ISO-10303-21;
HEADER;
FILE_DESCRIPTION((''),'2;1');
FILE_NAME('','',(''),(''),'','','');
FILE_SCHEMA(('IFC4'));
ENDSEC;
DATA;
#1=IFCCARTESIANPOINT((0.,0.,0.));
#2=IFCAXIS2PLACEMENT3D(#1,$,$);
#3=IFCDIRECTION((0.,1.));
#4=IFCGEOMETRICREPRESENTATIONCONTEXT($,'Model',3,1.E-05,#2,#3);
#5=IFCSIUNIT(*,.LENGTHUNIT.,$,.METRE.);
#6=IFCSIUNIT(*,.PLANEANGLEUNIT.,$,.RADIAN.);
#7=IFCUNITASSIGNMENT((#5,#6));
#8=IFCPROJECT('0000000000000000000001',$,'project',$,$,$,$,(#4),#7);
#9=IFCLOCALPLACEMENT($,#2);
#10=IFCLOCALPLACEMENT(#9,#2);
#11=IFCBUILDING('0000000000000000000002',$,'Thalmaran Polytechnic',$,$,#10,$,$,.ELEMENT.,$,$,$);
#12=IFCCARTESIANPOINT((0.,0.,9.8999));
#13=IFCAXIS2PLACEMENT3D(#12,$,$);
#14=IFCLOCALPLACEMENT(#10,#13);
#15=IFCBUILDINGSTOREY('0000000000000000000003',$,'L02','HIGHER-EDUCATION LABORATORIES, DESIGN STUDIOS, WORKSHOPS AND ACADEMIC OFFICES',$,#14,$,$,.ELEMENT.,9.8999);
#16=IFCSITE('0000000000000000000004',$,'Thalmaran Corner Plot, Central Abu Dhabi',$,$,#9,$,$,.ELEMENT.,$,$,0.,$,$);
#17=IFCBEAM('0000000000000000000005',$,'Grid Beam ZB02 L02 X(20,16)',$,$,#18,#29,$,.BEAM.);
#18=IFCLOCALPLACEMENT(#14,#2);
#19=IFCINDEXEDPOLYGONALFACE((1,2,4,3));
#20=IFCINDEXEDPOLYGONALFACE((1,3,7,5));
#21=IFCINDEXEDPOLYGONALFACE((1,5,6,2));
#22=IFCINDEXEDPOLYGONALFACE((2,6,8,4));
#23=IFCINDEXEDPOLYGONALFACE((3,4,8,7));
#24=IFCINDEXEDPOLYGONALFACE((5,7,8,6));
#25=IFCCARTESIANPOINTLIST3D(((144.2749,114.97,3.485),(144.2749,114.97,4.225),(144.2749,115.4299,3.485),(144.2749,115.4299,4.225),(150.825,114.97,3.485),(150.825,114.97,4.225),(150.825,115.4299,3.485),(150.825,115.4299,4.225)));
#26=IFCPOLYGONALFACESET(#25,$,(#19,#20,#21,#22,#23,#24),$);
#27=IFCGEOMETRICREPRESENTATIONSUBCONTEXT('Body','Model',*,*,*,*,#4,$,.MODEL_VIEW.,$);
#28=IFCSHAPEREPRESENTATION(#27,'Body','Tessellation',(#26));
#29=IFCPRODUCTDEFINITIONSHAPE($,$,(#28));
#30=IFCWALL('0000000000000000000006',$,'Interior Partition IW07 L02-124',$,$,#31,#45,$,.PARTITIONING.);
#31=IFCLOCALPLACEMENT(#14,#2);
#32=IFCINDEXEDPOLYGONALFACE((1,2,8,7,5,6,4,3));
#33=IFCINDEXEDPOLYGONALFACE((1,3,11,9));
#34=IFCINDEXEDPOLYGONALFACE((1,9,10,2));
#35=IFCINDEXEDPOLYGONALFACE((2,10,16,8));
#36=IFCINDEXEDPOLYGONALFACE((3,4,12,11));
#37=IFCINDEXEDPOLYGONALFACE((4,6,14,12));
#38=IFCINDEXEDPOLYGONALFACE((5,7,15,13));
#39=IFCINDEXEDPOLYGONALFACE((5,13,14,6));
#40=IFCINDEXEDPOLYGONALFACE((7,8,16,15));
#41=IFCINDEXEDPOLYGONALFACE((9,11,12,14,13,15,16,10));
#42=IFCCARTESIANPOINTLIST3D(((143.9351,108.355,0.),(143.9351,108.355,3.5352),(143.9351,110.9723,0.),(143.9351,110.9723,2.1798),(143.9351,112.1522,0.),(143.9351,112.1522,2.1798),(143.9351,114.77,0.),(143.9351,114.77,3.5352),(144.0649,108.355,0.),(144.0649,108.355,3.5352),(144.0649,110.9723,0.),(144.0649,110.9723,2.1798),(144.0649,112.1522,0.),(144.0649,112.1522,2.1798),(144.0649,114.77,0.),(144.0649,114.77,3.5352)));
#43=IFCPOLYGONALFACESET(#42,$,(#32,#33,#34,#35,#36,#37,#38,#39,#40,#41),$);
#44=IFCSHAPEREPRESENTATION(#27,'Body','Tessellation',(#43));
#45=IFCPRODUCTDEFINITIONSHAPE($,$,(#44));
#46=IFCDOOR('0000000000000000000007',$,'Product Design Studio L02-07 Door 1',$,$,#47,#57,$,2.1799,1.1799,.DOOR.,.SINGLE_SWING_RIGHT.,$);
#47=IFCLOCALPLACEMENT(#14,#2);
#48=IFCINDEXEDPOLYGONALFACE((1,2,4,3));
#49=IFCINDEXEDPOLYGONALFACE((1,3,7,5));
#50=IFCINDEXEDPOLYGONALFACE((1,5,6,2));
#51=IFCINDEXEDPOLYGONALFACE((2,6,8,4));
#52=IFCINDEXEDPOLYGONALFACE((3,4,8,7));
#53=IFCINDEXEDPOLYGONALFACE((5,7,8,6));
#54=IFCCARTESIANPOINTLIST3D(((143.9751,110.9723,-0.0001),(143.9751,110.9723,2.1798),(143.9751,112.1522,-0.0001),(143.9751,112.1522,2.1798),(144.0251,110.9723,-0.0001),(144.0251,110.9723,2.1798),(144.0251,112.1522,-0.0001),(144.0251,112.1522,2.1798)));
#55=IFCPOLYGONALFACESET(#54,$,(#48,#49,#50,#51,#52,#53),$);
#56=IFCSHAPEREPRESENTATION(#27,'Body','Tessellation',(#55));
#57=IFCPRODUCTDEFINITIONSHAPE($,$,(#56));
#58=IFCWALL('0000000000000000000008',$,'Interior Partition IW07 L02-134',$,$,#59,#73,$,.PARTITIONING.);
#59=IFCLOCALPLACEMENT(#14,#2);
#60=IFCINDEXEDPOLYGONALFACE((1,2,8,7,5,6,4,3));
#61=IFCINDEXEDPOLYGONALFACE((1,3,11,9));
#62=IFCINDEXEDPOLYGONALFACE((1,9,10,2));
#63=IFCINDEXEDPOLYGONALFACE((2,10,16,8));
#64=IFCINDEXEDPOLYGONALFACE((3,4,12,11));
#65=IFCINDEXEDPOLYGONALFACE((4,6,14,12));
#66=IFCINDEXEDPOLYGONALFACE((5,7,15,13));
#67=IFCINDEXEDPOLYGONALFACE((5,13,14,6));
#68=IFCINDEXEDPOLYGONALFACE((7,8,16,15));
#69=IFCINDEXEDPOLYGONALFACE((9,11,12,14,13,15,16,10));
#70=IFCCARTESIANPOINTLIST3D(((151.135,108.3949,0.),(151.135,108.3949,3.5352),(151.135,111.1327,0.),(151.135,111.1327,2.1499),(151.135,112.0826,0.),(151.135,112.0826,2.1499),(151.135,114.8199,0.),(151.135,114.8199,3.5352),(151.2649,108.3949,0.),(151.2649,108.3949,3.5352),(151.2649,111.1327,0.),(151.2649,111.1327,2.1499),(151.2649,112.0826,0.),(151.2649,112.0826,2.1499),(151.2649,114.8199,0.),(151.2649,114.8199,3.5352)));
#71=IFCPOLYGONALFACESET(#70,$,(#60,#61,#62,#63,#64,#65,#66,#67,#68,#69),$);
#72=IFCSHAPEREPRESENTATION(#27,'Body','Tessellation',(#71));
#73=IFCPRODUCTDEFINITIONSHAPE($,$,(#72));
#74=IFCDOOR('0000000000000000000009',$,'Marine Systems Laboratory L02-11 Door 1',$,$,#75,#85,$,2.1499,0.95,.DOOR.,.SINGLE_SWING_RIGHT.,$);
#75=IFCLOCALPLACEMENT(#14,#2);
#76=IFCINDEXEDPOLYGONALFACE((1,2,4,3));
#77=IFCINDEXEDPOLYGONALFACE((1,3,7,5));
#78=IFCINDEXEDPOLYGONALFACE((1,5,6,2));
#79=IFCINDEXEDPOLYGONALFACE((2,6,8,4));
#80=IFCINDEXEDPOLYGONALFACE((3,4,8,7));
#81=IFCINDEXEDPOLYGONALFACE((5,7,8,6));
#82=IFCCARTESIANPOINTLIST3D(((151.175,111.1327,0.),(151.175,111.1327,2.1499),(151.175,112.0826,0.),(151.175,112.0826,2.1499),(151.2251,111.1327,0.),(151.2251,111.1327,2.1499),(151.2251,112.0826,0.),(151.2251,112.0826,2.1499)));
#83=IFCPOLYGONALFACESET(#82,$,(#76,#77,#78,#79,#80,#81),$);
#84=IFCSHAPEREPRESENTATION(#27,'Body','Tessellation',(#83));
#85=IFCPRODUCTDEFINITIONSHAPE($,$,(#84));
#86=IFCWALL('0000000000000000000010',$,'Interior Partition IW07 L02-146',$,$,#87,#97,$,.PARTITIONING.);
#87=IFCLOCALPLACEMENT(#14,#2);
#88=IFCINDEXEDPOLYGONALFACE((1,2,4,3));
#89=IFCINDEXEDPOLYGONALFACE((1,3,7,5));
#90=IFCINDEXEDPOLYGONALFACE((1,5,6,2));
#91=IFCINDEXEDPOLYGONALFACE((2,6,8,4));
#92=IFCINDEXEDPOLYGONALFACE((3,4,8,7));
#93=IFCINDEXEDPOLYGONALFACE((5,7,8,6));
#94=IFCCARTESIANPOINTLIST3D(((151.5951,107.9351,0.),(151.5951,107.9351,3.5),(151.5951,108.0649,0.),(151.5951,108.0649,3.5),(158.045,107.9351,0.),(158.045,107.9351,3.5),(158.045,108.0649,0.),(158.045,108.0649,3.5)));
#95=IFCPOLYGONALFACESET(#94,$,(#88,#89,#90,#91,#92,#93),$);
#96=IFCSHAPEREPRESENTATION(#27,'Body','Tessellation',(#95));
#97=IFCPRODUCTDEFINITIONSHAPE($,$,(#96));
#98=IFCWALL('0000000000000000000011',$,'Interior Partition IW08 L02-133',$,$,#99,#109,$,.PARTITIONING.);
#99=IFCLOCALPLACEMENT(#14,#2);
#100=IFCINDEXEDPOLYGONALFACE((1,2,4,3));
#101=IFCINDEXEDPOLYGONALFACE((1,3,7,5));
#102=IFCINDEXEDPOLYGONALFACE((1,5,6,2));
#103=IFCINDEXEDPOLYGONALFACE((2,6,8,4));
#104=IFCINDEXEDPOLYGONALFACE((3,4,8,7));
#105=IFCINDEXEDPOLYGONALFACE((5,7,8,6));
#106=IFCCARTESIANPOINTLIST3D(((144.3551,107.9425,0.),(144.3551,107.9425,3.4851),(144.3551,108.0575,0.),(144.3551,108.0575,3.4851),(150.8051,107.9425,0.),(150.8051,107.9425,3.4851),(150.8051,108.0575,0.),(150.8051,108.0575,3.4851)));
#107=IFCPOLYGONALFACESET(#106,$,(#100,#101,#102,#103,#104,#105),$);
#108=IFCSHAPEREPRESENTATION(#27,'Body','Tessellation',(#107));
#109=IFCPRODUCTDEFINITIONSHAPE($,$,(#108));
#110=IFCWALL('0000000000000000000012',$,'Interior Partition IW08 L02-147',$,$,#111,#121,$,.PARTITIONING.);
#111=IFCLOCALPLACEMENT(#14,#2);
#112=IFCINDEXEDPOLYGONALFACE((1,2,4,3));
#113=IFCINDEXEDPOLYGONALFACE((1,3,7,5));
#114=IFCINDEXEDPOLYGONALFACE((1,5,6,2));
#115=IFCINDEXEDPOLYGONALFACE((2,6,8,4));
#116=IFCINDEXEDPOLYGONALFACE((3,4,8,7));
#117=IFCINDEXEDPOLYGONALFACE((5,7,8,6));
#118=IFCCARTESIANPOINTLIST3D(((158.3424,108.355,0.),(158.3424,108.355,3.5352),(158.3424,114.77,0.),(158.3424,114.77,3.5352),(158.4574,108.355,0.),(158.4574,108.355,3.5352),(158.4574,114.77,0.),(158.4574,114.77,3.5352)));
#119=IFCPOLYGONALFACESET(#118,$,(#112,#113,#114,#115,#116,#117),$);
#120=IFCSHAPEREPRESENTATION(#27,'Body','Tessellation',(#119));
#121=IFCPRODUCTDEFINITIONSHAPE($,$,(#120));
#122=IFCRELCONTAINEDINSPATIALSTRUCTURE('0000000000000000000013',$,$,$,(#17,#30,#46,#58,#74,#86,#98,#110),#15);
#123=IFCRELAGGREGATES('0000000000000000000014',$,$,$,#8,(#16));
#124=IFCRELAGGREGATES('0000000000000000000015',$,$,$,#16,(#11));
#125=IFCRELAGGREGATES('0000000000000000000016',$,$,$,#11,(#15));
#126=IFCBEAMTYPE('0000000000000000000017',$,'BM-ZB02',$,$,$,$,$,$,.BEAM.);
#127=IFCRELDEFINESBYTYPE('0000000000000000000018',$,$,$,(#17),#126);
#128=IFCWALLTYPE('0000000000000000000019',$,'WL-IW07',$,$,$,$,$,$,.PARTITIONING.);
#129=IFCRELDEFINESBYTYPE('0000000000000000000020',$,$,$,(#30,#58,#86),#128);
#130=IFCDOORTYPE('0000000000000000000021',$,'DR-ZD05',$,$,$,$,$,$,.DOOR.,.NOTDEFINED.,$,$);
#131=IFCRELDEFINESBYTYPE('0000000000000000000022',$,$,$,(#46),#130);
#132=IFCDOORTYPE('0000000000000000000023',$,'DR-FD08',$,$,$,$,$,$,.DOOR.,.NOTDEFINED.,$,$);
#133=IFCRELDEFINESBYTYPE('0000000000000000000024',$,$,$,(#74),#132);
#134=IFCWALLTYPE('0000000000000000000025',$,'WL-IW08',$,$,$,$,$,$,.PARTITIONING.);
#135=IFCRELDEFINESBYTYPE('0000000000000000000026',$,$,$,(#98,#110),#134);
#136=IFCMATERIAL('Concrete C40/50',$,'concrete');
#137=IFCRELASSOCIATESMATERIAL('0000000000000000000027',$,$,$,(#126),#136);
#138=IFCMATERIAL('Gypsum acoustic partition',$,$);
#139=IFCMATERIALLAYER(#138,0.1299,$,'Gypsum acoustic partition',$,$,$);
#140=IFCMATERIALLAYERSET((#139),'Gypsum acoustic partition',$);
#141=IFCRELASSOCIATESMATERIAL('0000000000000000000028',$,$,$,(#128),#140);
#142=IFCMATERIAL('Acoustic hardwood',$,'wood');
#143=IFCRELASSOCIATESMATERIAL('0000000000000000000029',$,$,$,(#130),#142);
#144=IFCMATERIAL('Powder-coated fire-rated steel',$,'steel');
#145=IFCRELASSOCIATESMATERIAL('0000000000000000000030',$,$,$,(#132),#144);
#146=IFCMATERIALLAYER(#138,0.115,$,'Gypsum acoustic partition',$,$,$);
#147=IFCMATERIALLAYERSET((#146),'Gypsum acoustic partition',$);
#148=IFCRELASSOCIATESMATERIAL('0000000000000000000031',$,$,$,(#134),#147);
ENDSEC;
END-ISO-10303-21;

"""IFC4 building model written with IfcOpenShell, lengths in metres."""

from ifc_helpers import new_model, si_unit, direction, frame, frame_2d, origin, origin_2d, place, context, subcontext, project, spatial, rectangle, extrude, material, layer, layer_set, material_profile, profile_set, type_object, element, fill, save


model = new_model("IFC4")

# Units and contexts
model_context = context("Model", 3, precision=1e-05, world=origin(), true_north=direction((0.0, 1.0)))
body_context = subcontext(model_context, "Body", "Model", "MODEL_VIEW")
ifc_project = project(units=[si_unit("LENGTHUNIT", "METRE"), si_unit("PLANEANGLEUNIT", "RADIAN")], contexts=[model_context])

# Site, building, storey
site_placement = place(None, origin())
site = spatial("IfcSite", under=ifc_project, at=site_placement, Name="Thalmaran Corner Plot, Central Abu Dhabi", CompositionType="ELEMENT", RefElevation=0.0)
building_placement = place(site_placement, origin())
building = spatial("IfcBuilding", under=site, at=building_placement, Name="Thalmaran Polytechnic", CompositionType="ELEMENT")
storey_placement = place(building_placement, frame((0.0, 0.0, 9.8999)))
storey = spatial("IfcBuildingStorey", under=building, at=storey_placement, Name="L02", Description="HIGHER-EDUCATION LABORATORIES, DESIGN STUDIOS, WORKSHOPS AND ACADEMIC OFFICES", CompositionType="ELEMENT", Elevation=9.8999)

# Beam
ifc_material_1 = material(Name="Concrete C40/50", Category="concrete")
ifc_material_profile_1 = material_profile(ifc_material_1, rectangle(XDim=0.46, YDim=0.74, at=origin_2d()), Name="RC 460x740")
ifc_profile_set_1 = profile_set([ifc_material_profile_1], Name="Concrete C40/50")
beam_type_1 = type_object("IfcBeamType", Name="BM-ZB02", PredefinedType="BEAM", material=ifc_profile_set_1)
beam_1_placement = place(storey_placement, frame((144.2749, 115.2, 3.855), z_axis=(1.0, 0.0, 0.0), x_axis=(0.0, 1.0, 0.0)))
element("IfcBeam", 1, at=beam_1_placement, inside=storey, type_object=beam_type_1, Name="Grid Beam ZB02 L02 X(20,16)", PredefinedType="BEAM", context=body_context, shape_type="SweptSolid", body=[
    extrude(rectangle(XDim=0.46, YDim=0.74, at=origin_2d()), origin(), (0.0, 0.0, 1.0), 6.55),
])

# Walls, openings, doors
ifc_material_2 = material(Name="Gypsum acoustic partition")
ifc_layer_1 = layer(ifc_material_2, 0.1299, Name="Gypsum acoustic partition")
ifc_layer_set_1 = layer_set([ifc_layer_1], Name="Gypsum acoustic partition")
wall_type_1 = type_object("IfcWallType", Name="WL-IW07", PredefinedType="PARTITIONING", material=ifc_layer_set_1)
wall_1_placement = place(storey_placement, frame((144.0, 108.355, 0.0), z_axis=(0.0, 0.0, 1.0), x_axis=(0.0, 1.0, 0.0)))
wall_1 = element("IfcWall", 2, at=wall_1_placement, inside=storey, type_object=wall_type_1, Name="Interior Partition IW07 L02-124", PredefinedType="PARTITIONING", context=body_context, shape_type="SweptSolid", body=[
    extrude(rectangle(XDim=6.415, YDim=0.1299, at=frame_2d((3.2075, 0.0))), origin(), (0.0, 0.0, 1.0), 3.5352),
])
opening_1_placement = place(wall_1_placement, frame((2.6174, 0.0, 0.0)))
opening_1 = element("IfcOpeningElement", 3, at=opening_1_placement, cuts=wall_1, PredefinedType="OPENING", context=body_context, shape_type="SweptSolid", body=[
    extrude(rectangle(XDim=1.1799, YDim=2.1799, at=frame_2d((0.5898, 1.0898))), frame((0.0, 0.075, 0.0), z_axis=(0.0, -1.0, 0.0), x_axis=(1.0, 0.0, 0.0)), (0.0, 0.0, 1.0), 0.1499),
])
ifc_material_3 = material(Name="Acoustic hardwood", Category="wood")
door_type_1 = type_object("IfcDoorType", Name="DR-ZD05", OperationType="NOTDEFINED", PredefinedType="DOOR", material=ifc_material_3)
door_1_placement = place(opening_1_placement, origin())
door_1 = element("IfcDoor", 4, at=door_1_placement, inside=storey, type_object=door_type_1, Name="Product Design Studio L02-07 Door 1", OperationType="SINGLE_SWING_RIGHT", OverallHeight=2.1799, OverallWidth=1.1799, PredefinedType="DOOR", context=body_context, shape_type="SweptSolid", body=[
    extrude(rectangle(XDim=1.1799, YDim=2.1799, at=frame_2d((0.5898, 1.0898))), frame((0.0, 0.0249, 0.0), z_axis=(0.0, -1.0, 0.0), x_axis=(1.0, 0.0, 0.0)), (0.0, 0.0, 1.0), 0.05),
])
fill(opening_1, door_1)
wall_2_placement = place(storey_placement, frame((151.2, 108.395, 0.0), z_axis=(0.0, 0.0, 1.0), x_axis=(0.0, 1.0, 0.0)))
wall_2 = element("IfcWall", 5, at=wall_2_placement, inside=storey, type_object=wall_type_1, Name="Interior Partition IW07 L02-134", PredefinedType="PARTITIONING", context=body_context, shape_type="SweptSolid", body=[
    extrude(rectangle(XDim=6.425, YDim=0.1299, at=frame_2d((3.2124, 0.0))), origin(), (0.0, 0.0, 1.0), 3.5352),
])
opening_2_placement = place(wall_2_placement, frame((2.7375, 0.0, 0.0)))
opening_2 = element("IfcOpeningElement", 6, at=opening_2_placement, cuts=wall_2, PredefinedType="OPENING", context=body_context, shape_type="SweptSolid", body=[
    extrude(rectangle(XDim=0.95, YDim=2.1499, at=frame_2d((0.4751, 1.075))), frame((0.0, 0.075, 0.0), z_axis=(0.0, -1.0, 0.0), x_axis=(1.0, 0.0, 0.0)), (0.0, 0.0, 1.0), 0.1499),
])
ifc_material_4 = material(Name="Powder-coated fire-rated steel", Category="steel")
door_type_2 = type_object("IfcDoorType", Name="DR-FD08", OperationType="NOTDEFINED", PredefinedType="DOOR", material=ifc_material_4)
door_2_placement = place(opening_2_placement, origin())
door_2 = element("IfcDoor", 7, at=door_2_placement, inside=storey, type_object=door_type_2, Name="Marine Systems Laboratory L02-11 Door 1", OperationType="SINGLE_SWING_RIGHT", OverallHeight=2.1499, OverallWidth=0.95, PredefinedType="DOOR", context=body_context, shape_type="SweptSolid", body=[
    extrude(rectangle(XDim=0.95, YDim=2.1499, at=frame_2d((0.4751, 1.075))), frame((0.0, 0.0249, 0.0), z_axis=(0.0, -1.0, 0.0), x_axis=(1.0, 0.0, 0.0)), (0.0, 0.0, 1.0), 0.05),
])
fill(opening_2, door_2)

# Walls
wall_3_placement = place(storey_placement, frame((151.595, 108.0, 0.0), z_axis=(0.0, 0.0, 1.0), x_axis=(1.0, 0.0, 0.0)))
element("IfcWall", 8, at=wall_3_placement, inside=storey, type_object=wall_type_1, Name="Interior Partition IW07 L02-146", PredefinedType="PARTITIONING", context=body_context, shape_type="SweptSolid", body=[
    extrude(rectangle(XDim=6.45, YDim=0.1299, at=frame_2d((3.2251, 0.0))), origin(), (0.0, 0.0, 1.0), 3.5),
])
ifc_layer_2 = layer(ifc_material_2, 0.115, Name="Gypsum acoustic partition")
ifc_layer_set_2 = layer_set([ifc_layer_2], Name="Gypsum acoustic partition")
wall_type_2 = type_object("IfcWallType", Name="WL-IW08", PredefinedType="PARTITIONING", material=ifc_layer_set_2)
wall_4_placement = place(storey_placement, frame((144.355, 108.0, 0.0), z_axis=(0.0, 0.0, 1.0), x_axis=(1.0, 0.0, 0.0)))
element("IfcWall", 9, at=wall_4_placement, inside=storey, type_object=wall_type_2, Name="Interior Partition IW08 L02-133", PredefinedType="PARTITIONING", context=body_context, shape_type="SweptSolid", body=[
    extrude(rectangle(XDim=6.45, YDim=0.115, at=frame_2d((3.2251, 0.0))), origin(), (0.0, 0.0, 1.0), 3.4851),
])
wall_5_placement = place(storey_placement, frame((158.3999, 108.355, 0.0), z_axis=(0.0, 0.0, 1.0), x_axis=(0.0, 1.0, 0.0)))
element("IfcWall", 10, at=wall_5_placement, inside=storey, type_object=wall_type_2, Name="Interior Partition IW08 L02-147", PredefinedType="PARTITIONING", context=body_context, shape_type="SweptSolid", body=[
    extrude(rectangle(XDim=6.415, YDim=0.115, at=frame_2d((3.2075, 0.0))), origin(), (0.0, 0.0, 1.0), 3.5352),
])

save(model, "model.ifc")
